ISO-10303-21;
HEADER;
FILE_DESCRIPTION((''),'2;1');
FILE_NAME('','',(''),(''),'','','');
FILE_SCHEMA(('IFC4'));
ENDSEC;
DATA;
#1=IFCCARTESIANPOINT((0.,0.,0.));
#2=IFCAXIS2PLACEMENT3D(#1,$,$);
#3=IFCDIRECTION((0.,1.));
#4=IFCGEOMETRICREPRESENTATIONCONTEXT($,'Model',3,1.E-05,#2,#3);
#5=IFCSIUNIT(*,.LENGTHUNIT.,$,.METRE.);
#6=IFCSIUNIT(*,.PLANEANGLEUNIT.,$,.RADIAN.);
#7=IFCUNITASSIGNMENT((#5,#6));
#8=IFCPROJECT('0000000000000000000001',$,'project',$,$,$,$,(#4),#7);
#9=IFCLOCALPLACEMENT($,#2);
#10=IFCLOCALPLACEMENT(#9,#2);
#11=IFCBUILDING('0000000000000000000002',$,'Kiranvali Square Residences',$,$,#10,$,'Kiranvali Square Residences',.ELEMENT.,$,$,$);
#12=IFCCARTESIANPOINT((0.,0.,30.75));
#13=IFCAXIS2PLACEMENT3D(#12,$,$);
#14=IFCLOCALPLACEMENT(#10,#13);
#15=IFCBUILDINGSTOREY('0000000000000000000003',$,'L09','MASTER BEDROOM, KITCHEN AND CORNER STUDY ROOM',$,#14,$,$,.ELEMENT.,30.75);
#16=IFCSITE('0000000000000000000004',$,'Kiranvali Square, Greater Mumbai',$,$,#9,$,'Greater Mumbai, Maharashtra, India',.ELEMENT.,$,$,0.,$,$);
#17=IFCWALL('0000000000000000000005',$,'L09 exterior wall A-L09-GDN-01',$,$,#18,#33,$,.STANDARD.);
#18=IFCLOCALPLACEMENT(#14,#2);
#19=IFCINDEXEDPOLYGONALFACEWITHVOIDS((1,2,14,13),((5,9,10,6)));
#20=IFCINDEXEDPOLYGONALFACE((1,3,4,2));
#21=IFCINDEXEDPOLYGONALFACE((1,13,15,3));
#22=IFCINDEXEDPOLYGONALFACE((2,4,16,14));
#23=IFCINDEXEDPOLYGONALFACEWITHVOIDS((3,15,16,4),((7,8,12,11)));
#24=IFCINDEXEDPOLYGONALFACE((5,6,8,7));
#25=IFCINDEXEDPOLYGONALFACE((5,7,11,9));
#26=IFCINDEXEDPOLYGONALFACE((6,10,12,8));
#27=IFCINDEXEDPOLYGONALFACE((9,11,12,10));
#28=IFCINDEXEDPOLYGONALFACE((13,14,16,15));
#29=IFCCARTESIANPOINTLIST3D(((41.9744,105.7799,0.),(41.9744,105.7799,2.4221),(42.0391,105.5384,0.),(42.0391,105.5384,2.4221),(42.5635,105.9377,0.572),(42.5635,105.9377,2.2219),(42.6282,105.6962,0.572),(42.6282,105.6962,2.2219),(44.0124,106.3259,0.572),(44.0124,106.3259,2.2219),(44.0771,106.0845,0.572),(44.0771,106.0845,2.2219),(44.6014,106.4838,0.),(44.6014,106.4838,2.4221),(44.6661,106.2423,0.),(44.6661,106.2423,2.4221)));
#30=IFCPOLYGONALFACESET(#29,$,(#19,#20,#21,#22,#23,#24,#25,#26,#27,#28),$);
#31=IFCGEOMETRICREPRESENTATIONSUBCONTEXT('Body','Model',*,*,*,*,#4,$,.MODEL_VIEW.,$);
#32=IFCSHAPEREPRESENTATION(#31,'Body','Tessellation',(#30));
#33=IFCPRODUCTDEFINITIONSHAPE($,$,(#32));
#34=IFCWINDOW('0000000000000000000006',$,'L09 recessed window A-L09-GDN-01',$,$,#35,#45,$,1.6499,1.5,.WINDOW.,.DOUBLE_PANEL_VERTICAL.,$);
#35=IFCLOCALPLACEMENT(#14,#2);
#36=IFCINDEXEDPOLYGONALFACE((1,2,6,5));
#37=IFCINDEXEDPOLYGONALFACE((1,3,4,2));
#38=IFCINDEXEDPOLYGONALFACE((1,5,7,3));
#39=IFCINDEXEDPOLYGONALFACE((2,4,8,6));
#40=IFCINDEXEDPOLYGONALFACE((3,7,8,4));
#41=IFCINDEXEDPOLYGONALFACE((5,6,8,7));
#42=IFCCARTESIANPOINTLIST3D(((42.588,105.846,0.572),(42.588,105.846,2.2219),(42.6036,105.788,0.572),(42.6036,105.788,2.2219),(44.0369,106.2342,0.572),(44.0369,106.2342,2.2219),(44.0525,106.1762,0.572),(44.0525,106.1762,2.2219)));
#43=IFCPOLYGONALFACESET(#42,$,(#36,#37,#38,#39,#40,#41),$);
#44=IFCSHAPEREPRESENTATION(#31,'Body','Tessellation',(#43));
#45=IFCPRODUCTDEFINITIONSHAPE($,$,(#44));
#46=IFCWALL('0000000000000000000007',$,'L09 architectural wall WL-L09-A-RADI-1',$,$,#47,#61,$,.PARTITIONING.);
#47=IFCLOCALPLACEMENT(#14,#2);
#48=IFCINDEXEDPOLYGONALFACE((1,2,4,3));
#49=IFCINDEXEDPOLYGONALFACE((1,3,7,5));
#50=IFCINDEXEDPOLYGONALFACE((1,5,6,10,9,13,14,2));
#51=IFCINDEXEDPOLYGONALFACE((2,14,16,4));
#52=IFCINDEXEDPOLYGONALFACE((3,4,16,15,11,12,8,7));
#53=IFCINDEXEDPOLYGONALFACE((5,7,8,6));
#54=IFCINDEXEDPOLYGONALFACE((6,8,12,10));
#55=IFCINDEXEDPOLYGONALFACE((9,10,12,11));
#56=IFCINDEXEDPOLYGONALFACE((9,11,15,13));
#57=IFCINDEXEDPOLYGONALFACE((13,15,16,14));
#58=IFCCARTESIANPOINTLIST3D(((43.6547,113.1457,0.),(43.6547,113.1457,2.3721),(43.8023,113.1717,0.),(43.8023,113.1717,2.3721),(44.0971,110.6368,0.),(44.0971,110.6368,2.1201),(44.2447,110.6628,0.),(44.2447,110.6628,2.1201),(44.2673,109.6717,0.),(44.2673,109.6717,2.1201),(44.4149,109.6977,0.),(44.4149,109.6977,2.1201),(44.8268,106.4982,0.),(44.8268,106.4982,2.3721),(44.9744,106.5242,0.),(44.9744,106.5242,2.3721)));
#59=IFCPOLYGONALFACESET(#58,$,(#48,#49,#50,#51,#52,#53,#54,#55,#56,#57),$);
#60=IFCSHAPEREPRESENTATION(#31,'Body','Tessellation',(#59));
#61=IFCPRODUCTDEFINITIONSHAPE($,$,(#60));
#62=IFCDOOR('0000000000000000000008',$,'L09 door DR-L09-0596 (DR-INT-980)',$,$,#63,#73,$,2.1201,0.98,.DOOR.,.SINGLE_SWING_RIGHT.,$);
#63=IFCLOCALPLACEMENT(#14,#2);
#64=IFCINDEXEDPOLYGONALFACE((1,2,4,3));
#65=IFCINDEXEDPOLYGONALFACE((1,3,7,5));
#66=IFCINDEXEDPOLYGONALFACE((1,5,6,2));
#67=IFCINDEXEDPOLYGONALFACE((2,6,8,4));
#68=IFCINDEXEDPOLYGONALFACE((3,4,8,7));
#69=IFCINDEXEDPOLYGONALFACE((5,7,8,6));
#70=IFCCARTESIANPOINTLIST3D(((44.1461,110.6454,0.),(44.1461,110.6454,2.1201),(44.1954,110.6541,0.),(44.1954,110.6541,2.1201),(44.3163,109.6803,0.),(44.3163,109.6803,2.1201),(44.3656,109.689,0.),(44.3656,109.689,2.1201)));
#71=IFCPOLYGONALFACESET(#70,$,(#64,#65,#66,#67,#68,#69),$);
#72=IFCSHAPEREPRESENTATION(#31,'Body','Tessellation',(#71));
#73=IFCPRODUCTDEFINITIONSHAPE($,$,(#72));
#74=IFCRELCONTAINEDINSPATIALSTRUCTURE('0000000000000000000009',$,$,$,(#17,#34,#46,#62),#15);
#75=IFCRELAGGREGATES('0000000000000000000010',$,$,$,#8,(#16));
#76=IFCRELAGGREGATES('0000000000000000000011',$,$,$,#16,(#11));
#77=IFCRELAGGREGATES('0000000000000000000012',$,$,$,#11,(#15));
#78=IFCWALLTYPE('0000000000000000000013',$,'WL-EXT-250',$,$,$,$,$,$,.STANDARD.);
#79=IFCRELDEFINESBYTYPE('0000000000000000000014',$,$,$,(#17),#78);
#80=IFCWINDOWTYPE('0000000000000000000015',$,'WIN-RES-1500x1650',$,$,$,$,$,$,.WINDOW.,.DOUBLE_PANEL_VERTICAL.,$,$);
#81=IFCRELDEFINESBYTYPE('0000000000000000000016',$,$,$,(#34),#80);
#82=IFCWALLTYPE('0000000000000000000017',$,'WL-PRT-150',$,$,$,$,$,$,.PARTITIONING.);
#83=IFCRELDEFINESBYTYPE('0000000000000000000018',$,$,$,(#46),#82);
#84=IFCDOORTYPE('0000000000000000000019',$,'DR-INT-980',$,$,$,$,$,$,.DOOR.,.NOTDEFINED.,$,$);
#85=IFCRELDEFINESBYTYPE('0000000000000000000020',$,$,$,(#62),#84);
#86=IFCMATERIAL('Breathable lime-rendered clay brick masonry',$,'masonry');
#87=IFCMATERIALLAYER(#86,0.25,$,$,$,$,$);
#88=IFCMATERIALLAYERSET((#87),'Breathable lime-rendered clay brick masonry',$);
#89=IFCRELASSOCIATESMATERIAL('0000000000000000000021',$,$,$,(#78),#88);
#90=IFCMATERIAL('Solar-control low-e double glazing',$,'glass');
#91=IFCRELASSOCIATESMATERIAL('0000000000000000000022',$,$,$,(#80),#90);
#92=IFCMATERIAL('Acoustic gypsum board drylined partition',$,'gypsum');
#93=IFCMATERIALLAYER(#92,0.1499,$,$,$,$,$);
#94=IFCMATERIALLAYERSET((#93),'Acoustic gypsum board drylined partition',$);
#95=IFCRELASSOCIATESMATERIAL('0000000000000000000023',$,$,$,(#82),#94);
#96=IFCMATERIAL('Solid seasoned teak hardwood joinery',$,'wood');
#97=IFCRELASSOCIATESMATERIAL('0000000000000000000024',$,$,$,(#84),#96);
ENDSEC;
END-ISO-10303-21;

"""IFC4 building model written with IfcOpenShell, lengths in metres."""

from ifc_helpers import new_model, si_unit, direction, frame, frame_2d, origin, place, context, subcontext, project, spatial, rectangle, extrude, material, layer, layer_set, type_object, element, fill, save


model = new_model("IFC4")

# Units and contexts
model_context = context("Model", 3, precision=1e-05, world=origin(), true_north=direction((0.0, 1.0)))
body_context = subcontext(model_context, "Body", "Model", "MODEL_VIEW")
ifc_project = project(units=[si_unit("LENGTHUNIT", "METRE"), si_unit("PLANEANGLEUNIT", "RADIAN")], contexts=[model_context])

# Site, building, storey
site_placement = place(None, origin())
site = spatial("IfcSite", under=ifc_project, at=site_placement, Name="Kiranvali Square, Greater Mumbai", LongName="Greater Mumbai, Maharashtra, India", CompositionType="ELEMENT", RefElevation=0.0)
building_placement = place(site_placement, origin())
building = spatial("IfcBuilding", under=site, at=building_placement, Name="Kiranvali Square Residences", LongName="Kiranvali Square Residences", CompositionType="ELEMENT")
storey_placement = place(building_placement, frame((0.0, 0.0, 30.75)))
storey = spatial("IfcBuildingStorey", under=building, at=storey_placement, Name="L09", Description="MASTER BEDROOM, KITCHEN AND CORNER STUDY ROOM", CompositionType="ELEMENT", Elevation=30.75)

# Wall, opening, window
ifc_material_1 = material(Name="Breathable lime-rendered clay brick masonry", Category="masonry")
ifc_layer_1 = layer(ifc_material_1, 0.25)
ifc_layer_set_1 = layer_set([ifc_layer_1], Name="Breathable lime-rendered clay brick masonry")
wall_type_1 = type_object("IfcWallType", Name="WL-EXT-250", PredefinedType="STANDARD", material=ifc_layer_set_1)
wall_1_placement = place(storey_placement, frame((44.6338, 106.363, 0.0), z_axis=(0.0, 0.0, 1.0), x_axis=(-0.965929, -0.258808, 0.0)))
wall_1 = element("IfcWall", 1, at=wall_1_placement, inside=storey, type_object=wall_type_1, Name="L09 exterior wall A-L09-GDN-01", PredefinedType="STANDARD", context=body_context, shape_type="SweptSolid", body=[
    extrude(rectangle(XDim=2.7197, YDim=0.25, at=frame_2d((1.3599, 0.0))), origin(), (0.0, 0.0, 1.0), 2.4221),
])
opening_1_placement = place(wall_1_placement, frame((0.6099, 0.0, 0.572)))
opening_1 = element("IfcOpeningElement", 2, at=opening_1_placement, cuts=wall_1, PredefinedType="OPENING", context=body_context, shape_type="SweptSolid", body=[
    extrude(rectangle(XDim=1.5, YDim=1.6499, at=frame_2d((0.75, 0.825))), frame((0.0, 0.135, 0.0), z_axis=(0.0, -1.0, 0.0), x_axis=(1.0, 0.0, 0.0)), (0.0, 0.0, 1.0), 0.27),
])
ifc_material_2 = material(Name="Solar-control low-e double glazing", Category="glass")
window_type = type_object("IfcWindowType", Name="WIN-RES-1500x1650", PartitioningType="DOUBLE_PANEL_VERTICAL", PredefinedType="WINDOW", material=ifc_material_2)
window_placement = place(opening_1_placement, origin())
window = element("IfcWindow", 3, at=window_placement, inside=storey, type_object=window_type, Name="L09 recessed window A-L09-GDN-01", OverallHeight=1.6499, OverallWidth=1.5, PartitioningType="DOUBLE_PANEL_VERTICAL", PredefinedType="WINDOW", context=body_context, shape_type="SweptSolid", body=[
    extrude(rectangle(XDim=1.5, YDim=1.6499, at=frame_2d((0.75, 0.825))), frame((0.0, 0.03, 0.0), z_axis=(0.0, -1.0, 0.0), x_axis=(1.0, 0.0, 0.0)), (0.0, 0.0, 1.0), 0.0601),
])
fill(opening_1, window)

# Wall, opening, door
ifc_material_3 = material(Name="Acoustic gypsum board drylined partition", Category="gypsum")
ifc_layer_2 = layer(ifc_material_3, 0.1499)
ifc_layer_set_2 = layer_set([ifc_layer_2], Name="Acoustic gypsum board drylined partition")
wall_type_2 = type_object("IfcWallType", Name="WL-PRT-150", PredefinedType="PARTITIONING", material=ifc_layer_set_2)
wall_2_placement = place(storey_placement, frame((44.9006, 106.5112, 0.0), z_axis=(0.0, 0.0, 1.0), x_axis=(-0.173647, 0.984808, 0.0)))
wall_2 = element("IfcWall", 4, at=wall_2_placement, inside=storey, type_object=wall_type_2, Name="L09 architectural wall WL-L09-A-RADI-1", PredefinedType="PARTITIONING", context=body_context, shape_type="SweptSolid", body=[
    extrude(rectangle(XDim=6.75, YDim=0.1499, at=frame_2d((3.375, 0.0))), origin(), (0.0, 0.0, 1.0), 2.3721),
])
opening_2_placement = place(wall_2_placement, frame((3.2224, 0.0, 0.0)))
opening_2 = element("IfcOpeningElement", 5, at=opening_2_placement, cuts=wall_2, PredefinedType="OPENING", context=body_context, shape_type="SweptSolid", body=[
    extrude(rectangle(XDim=0.98, YDim=2.1201, at=frame_2d((0.49, 1.0601))), frame((0.0, 0.085, 0.0), z_axis=(0.0, -1.0, 0.0), x_axis=(1.0, 0.0, 0.0)), (0.0, 0.0, 1.0), 0.1699),
])
ifc_material_4 = material(Name="Solid seasoned teak hardwood joinery", Category="wood")
door_type = type_object("IfcDoorType", Name="DR-INT-980", OperationType="NOTDEFINED", PredefinedType="DOOR", material=ifc_material_4)
door_placement = place(opening_2_placement, frame((0.98, 0.0, 0.0), z_axis=(0.0, 0.0, 1.0), x_axis=(-1.0, 0.0, 0.0)))
door = element("IfcDoor", 6, at=door_placement, inside=storey, type_object=door_type, Name="L09 door DR-L09-0596 (DR-INT-980)", OperationType="SINGLE_SWING_RIGHT", OverallHeight=2.1201, OverallWidth=0.98, PredefinedType="DOOR", context=body_context, shape_type="SweptSolid", body=[
    extrude(rectangle(XDim=0.98, YDim=2.1201, at=frame_2d((0.49, 1.0601))), frame((0.0, 0.0249, 0.0), z_axis=(0.0, -1.0, 0.0), x_axis=(1.0, 0.0, 0.0)), (0.0, 0.0, 1.0), 0.05),
])
fill(opening_2, door)

save(model, "model.ifc")
